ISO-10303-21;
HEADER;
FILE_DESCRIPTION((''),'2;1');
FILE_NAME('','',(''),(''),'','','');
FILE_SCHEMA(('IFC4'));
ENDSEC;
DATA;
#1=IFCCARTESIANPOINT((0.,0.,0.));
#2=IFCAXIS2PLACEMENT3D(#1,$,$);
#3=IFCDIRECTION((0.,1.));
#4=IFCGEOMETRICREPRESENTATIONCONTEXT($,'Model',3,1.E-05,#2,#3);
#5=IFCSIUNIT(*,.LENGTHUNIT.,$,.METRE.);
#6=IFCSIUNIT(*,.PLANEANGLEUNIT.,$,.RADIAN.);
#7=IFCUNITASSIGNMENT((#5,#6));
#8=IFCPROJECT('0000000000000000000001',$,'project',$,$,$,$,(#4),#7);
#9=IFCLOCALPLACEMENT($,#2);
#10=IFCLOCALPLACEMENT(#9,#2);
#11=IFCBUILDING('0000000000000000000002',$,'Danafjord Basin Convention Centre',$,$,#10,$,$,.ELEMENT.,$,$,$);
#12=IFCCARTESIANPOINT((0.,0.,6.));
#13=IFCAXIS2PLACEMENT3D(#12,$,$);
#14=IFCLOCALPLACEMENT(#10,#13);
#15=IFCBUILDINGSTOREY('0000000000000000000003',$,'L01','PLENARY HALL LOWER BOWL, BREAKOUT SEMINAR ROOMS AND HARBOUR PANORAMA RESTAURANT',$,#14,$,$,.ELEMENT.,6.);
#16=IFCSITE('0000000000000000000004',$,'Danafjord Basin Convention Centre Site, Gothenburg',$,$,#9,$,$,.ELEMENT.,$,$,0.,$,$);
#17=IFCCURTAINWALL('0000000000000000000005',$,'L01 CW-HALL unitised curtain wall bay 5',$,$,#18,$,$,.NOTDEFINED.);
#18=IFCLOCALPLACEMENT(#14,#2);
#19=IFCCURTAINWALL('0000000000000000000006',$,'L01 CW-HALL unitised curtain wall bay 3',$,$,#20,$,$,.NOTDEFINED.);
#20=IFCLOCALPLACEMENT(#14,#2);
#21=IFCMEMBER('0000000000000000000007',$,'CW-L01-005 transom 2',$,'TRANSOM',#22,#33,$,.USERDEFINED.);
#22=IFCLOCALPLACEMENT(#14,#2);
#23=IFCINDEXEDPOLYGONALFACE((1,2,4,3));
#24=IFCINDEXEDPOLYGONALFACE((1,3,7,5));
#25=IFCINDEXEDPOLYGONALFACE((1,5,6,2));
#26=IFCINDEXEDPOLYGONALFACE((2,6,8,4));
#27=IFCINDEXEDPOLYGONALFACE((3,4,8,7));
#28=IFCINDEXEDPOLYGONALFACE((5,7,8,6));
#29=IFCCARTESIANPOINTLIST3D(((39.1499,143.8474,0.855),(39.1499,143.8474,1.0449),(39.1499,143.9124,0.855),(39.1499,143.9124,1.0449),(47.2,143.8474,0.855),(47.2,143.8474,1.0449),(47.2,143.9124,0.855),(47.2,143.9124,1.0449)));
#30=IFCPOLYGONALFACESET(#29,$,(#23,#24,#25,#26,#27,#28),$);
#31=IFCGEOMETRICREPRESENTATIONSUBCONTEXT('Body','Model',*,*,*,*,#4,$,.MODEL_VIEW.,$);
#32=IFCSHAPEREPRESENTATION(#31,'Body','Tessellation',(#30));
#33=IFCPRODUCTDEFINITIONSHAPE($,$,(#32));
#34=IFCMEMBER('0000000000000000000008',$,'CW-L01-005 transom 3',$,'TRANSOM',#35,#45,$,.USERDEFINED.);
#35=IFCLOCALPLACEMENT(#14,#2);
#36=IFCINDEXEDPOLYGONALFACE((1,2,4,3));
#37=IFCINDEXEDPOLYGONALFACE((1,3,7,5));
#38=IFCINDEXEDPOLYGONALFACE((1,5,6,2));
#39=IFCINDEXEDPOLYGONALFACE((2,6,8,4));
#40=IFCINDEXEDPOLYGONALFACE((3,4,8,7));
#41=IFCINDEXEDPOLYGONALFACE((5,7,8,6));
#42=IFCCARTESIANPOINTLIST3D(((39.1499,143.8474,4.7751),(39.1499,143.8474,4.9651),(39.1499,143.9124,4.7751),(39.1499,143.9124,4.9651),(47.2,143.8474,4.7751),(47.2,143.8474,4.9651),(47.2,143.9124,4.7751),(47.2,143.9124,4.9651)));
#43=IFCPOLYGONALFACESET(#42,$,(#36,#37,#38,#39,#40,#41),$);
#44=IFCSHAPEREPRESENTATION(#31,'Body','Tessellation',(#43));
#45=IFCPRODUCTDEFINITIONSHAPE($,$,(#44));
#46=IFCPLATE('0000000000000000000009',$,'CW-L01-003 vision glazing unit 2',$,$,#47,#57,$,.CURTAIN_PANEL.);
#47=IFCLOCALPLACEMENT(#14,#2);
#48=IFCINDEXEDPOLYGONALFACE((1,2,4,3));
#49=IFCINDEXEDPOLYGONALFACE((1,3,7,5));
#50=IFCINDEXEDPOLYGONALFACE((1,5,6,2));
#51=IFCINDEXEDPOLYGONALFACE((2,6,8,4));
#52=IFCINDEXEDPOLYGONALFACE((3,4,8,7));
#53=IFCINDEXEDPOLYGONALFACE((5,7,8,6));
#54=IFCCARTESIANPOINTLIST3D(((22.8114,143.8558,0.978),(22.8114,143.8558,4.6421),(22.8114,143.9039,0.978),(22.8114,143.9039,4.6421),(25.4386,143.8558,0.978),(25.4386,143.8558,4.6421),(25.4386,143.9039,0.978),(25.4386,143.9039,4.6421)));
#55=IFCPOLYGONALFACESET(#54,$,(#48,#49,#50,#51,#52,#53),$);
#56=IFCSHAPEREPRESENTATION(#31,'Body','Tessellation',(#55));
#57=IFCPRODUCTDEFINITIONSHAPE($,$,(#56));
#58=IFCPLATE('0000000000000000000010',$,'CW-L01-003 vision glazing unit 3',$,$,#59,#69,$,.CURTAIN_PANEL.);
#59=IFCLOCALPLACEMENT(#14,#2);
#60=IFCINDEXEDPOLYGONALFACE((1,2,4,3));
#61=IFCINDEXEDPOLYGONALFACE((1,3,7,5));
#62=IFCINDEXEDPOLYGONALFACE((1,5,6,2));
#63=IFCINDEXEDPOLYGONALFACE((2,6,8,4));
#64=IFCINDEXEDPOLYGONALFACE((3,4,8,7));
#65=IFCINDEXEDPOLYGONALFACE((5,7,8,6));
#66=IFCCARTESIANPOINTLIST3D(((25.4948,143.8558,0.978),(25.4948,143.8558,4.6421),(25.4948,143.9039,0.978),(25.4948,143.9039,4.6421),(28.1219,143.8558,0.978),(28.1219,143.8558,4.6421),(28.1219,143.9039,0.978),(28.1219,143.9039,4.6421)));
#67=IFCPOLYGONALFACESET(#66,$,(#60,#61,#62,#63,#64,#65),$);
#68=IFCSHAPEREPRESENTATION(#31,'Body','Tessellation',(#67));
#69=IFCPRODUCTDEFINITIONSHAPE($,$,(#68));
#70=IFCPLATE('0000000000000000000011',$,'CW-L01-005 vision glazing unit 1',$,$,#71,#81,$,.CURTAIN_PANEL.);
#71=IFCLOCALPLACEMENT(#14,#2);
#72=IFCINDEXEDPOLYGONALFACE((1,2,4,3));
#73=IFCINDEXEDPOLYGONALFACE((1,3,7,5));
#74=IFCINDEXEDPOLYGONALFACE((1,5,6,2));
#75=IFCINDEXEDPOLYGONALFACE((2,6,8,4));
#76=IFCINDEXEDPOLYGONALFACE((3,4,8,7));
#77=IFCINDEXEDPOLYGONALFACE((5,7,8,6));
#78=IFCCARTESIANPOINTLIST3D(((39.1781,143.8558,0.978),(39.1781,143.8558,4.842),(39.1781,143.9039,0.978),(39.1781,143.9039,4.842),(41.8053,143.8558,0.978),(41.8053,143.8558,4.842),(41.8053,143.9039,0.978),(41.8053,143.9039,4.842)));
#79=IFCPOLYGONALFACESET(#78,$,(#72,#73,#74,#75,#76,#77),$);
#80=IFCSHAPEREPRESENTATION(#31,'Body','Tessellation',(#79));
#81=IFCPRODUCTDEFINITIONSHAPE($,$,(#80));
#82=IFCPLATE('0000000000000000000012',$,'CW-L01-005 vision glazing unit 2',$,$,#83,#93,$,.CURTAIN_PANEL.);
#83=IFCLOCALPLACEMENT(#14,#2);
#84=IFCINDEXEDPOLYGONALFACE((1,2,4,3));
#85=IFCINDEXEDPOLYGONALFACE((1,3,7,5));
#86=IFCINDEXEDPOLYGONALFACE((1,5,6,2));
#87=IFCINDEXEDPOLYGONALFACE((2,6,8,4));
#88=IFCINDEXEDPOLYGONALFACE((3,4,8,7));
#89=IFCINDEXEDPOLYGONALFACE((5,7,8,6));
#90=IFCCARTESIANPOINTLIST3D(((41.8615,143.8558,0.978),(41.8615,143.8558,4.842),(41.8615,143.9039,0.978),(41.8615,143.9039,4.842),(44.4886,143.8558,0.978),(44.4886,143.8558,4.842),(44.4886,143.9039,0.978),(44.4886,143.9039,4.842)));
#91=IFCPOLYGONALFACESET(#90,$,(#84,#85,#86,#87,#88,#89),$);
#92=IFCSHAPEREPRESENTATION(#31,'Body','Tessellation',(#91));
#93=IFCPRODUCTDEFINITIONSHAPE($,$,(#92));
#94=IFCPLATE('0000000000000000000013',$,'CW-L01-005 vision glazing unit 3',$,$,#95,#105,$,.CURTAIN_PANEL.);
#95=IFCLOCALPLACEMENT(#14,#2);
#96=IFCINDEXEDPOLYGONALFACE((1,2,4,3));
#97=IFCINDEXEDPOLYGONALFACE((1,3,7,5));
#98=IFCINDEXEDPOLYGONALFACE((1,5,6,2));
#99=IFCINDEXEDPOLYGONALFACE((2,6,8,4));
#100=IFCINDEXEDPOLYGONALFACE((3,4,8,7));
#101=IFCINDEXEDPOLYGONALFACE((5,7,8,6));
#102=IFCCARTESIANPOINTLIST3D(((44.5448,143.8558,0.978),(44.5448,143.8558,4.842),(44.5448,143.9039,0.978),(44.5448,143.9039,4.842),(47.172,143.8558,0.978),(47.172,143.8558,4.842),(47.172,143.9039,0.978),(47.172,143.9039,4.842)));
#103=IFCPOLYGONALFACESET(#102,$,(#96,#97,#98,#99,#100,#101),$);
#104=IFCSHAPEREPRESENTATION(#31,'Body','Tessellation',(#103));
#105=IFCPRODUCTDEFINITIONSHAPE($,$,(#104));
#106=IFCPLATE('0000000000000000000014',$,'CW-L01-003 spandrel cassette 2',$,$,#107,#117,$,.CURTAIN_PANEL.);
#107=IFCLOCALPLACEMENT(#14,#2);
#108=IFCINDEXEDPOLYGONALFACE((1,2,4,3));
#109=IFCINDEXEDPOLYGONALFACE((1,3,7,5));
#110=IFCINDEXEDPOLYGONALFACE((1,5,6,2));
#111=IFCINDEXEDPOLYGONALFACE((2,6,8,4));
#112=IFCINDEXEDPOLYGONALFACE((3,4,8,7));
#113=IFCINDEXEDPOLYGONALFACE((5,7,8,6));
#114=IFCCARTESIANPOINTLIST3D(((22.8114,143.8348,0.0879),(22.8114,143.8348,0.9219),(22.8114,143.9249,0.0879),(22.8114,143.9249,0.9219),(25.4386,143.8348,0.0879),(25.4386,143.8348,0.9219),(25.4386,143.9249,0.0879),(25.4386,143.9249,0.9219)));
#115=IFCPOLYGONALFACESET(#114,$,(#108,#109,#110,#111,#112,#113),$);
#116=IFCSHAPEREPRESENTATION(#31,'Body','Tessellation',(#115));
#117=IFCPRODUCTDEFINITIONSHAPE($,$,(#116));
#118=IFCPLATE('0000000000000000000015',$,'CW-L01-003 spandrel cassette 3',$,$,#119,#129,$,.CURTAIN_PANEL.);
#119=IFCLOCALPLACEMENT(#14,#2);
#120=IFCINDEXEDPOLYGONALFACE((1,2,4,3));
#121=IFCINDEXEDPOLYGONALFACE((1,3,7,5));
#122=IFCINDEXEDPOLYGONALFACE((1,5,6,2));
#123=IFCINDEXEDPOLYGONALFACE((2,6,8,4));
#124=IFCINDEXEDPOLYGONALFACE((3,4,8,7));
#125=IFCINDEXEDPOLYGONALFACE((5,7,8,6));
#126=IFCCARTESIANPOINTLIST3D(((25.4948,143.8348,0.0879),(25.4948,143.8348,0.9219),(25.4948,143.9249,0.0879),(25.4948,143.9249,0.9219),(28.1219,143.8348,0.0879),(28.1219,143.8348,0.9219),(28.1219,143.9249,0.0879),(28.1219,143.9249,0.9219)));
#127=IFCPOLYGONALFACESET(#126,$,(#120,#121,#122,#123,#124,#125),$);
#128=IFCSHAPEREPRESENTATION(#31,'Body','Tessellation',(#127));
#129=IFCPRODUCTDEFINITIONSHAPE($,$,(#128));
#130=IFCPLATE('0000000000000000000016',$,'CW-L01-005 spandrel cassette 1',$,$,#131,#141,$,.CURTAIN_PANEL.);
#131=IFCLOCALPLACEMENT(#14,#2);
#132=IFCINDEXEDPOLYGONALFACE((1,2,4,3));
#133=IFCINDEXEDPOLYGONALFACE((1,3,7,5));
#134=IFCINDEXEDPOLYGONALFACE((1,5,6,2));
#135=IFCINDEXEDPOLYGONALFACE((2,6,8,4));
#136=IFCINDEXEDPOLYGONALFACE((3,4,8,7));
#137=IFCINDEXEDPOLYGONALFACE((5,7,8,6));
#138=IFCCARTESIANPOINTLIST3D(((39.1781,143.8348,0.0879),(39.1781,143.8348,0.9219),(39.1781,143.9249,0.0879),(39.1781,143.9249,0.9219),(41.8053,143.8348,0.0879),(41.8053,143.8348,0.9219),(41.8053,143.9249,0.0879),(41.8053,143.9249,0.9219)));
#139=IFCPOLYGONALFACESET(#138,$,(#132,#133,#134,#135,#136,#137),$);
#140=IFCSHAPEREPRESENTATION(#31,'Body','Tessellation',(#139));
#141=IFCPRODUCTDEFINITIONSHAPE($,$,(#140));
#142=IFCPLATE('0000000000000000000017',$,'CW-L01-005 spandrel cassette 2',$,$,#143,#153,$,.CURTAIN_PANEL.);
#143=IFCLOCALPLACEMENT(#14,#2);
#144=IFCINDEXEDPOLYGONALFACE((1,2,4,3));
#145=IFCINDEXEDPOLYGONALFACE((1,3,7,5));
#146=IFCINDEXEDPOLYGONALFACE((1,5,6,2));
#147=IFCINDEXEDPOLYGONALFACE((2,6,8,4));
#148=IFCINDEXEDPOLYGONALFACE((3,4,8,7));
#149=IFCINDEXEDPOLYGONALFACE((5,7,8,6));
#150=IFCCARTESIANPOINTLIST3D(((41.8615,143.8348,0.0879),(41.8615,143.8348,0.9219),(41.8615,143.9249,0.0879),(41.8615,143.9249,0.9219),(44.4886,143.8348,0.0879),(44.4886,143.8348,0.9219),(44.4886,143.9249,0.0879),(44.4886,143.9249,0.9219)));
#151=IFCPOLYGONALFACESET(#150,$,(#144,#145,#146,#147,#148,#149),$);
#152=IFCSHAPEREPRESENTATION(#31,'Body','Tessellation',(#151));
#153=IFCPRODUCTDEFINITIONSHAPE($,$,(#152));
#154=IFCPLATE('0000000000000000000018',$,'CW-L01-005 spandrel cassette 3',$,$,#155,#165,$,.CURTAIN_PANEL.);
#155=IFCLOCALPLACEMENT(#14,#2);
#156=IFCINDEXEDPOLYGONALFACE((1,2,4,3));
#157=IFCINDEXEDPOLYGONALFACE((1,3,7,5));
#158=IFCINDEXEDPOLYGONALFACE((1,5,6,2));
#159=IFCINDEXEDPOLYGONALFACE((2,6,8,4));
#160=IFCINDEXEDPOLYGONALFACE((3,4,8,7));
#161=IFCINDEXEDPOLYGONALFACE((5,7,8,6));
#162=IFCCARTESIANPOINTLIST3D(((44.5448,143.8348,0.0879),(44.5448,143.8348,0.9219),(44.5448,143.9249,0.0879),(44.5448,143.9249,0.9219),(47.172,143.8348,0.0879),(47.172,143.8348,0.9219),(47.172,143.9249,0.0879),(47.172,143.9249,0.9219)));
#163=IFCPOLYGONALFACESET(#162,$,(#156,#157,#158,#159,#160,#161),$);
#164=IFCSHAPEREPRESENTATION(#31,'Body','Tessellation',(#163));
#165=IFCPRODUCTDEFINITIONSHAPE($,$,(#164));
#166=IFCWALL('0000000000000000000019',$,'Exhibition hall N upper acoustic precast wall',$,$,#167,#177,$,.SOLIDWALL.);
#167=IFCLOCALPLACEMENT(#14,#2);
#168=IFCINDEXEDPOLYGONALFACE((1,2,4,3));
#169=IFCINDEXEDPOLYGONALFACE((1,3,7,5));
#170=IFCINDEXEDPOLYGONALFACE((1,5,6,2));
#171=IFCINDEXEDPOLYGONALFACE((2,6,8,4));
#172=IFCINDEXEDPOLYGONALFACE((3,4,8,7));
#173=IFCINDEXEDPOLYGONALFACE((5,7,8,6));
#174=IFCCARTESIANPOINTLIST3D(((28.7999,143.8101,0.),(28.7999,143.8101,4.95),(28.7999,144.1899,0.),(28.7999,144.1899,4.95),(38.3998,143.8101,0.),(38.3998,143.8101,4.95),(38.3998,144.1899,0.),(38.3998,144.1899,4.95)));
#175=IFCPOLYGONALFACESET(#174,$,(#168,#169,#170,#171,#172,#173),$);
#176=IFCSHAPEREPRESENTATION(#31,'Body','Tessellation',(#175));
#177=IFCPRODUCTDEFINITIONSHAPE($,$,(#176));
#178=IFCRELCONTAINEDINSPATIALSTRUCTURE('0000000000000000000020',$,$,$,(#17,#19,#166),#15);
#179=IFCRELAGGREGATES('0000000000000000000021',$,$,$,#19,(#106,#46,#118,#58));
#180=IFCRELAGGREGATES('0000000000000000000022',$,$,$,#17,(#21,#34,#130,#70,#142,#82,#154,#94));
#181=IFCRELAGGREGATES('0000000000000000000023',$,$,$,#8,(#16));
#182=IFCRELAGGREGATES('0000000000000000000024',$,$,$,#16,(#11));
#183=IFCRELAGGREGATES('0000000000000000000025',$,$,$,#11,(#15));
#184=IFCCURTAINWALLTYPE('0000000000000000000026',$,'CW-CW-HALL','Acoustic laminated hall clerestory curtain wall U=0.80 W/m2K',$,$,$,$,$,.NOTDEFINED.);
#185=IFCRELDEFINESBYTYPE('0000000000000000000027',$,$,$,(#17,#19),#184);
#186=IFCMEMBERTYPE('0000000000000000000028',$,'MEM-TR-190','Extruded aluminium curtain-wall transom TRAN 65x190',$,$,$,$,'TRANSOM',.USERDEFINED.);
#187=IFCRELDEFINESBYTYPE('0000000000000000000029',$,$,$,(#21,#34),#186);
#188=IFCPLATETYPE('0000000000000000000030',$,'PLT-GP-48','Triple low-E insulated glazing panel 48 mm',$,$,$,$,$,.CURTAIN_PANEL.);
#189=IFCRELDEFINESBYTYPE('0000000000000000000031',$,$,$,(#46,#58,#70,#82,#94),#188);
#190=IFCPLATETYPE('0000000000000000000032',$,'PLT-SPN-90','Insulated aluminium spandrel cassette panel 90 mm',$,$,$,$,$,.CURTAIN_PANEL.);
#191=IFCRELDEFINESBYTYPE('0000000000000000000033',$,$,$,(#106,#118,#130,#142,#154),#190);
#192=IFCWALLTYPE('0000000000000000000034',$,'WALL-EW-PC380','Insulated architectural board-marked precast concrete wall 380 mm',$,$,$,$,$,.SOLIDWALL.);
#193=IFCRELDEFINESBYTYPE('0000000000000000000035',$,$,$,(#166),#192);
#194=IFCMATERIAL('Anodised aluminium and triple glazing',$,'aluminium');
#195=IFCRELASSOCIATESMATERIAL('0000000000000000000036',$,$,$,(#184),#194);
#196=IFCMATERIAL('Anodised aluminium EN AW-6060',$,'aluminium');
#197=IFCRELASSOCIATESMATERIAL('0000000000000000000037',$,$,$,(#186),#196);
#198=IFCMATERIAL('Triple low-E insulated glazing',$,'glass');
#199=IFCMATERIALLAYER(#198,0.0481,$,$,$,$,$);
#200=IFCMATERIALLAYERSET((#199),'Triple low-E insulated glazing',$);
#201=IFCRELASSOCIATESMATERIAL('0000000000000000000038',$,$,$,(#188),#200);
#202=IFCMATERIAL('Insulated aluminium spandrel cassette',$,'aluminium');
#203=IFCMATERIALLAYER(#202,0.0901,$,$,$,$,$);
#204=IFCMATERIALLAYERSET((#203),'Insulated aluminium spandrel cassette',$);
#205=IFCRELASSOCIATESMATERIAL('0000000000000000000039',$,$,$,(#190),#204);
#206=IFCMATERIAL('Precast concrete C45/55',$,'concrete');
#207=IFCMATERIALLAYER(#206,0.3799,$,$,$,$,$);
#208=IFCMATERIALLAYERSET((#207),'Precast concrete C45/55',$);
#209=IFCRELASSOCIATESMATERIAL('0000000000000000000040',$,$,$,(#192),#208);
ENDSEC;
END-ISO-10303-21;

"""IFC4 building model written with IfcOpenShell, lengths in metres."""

from ifc_helpers import new_model, si_unit, direction, frame, frame_2d, origin, origin_2d, place, context, subcontext, project, spatial, rectangle, extrude, material, layer, layer_set, material_profile, profile_set, type_object, element, aggregate, save


model = new_model("IFC4")

# Units and contexts
model_context = context("Model", 3, precision=1e-05, world=origin(), true_north=direction((0.0, 1.0)))
body_context = subcontext(model_context, "Body", "Model", "MODEL_VIEW")
ifc_project = project(units=[si_unit("LENGTHUNIT", "METRE"), si_unit("PLANEANGLEUNIT", "RADIAN")], contexts=[model_context])

# Site, building, storey
site_placement = place(None, origin())
site = spatial("IfcSite", under=ifc_project, at=site_placement, Name="Danafjord Basin Convention Centre Site, Gothenburg", CompositionType="ELEMENT", RefElevation=0.0)
building_placement = place(site_placement, origin())
building = spatial("IfcBuilding", under=site, at=building_placement, Name="Danafjord Basin Convention Centre", CompositionType="ELEMENT")
storey_placement = place(building_placement, frame((0.0, 0.0, 6.0)))
storey = spatial("IfcBuildingStorey", under=building, at=storey_placement, Name="L01", Description="PLENARY HALL LOWER BOWL, BREAKOUT SEMINAR ROOMS AND HARBOUR PANORAMA RESTAURANT", CompositionType="ELEMENT", Elevation=6.0)

# Shared definitions
ifc_material_1 = material(Name="Precast concrete C45/55", Category="concrete")

# Curtain walls
ifc_material_2 = material(Name="Anodised aluminium and triple glazing", Category="aluminium")
curtain_wall_type = type_object("IfcCurtainWallType", Name="CW-CW-HALL", Description="Acoustic laminated hall clerestory curtain wall U=0.80 W/m2K", PredefinedType="NOTDEFINED", material=ifc_material_2)
curtain_wall_1_placement = place(storey_placement, origin())
curtain_wall_1 = element("IfcCurtainWall", 1, at=curtain_wall_1_placement, inside=storey, type_object=curtain_wall_type, Name="L01 CW-HALL unitised curtain wall bay 5", PredefinedType="NOTDEFINED")
ifc_material_3 = material(Name="Anodised aluminium EN AW-6060", Category="aluminium")
curtain_wall_2_placement = place(storey_placement, origin())
curtain_wall_2 = element("IfcCurtainWall", 2, at=curtain_wall_2_placement, inside=storey, type_object=curtain_wall_type, Name="L01 CW-HALL unitised curtain wall bay 3", PredefinedType="NOTDEFINED")

# Members
ifc_material_profile_1 = material_profile(ifc_material_3, rectangle(XDim=0.0649, YDim=0.1899, at=origin_2d()), Name="TRAN 65x190")
ifc_profile_set_1 = profile_set([ifc_material_profile_1], Name="Anodised aluminium EN AW-6060")
member_type_1 = type_object("IfcMemberType", Name="MEM-TR-190", Description="Extruded aluminium curtain-wall transom TRAN 65x190", ElementType="TRANSOM", PredefinedType="USERDEFINED", material=ifc_profile_set_1)
member_1_placement = place(storey_placement, frame((39.1499, 143.8799, 0.95), z_axis=(1.0, 0.0, 0.0), x_axis=(0.0, 1.0, 0.0)))
member_1 = element("IfcMember", 3, at=member_1_placement, type_object=member_type_1, Name="CW-L01-005 transom 2", ObjectType="TRANSOM", PredefinedType="USERDEFINED", context=body_context, shape_type="SweptSolid", body=[
    extrude(rectangle(XDim=0.0649, YDim=0.1899, at=origin_2d()), origin(), (0.0, 0.0, 1.0), 8.05),
])
member_2_placement = place(storey_placement, frame((39.1499, 143.8799, 4.8701), z_axis=(1.0, 0.0, 0.0), x_axis=(0.0, 1.0, 0.0)))
member_2 = element("IfcMember", 4, at=member_2_placement, type_object=member_type_1, Name="CW-L01-005 transom 3", ObjectType="TRANSOM", PredefinedType="USERDEFINED", context=body_context, shape_type="SweptSolid", body=[
    extrude(rectangle(XDim=0.0649, YDim=0.1899, at=origin_2d()), origin(), (0.0, 0.0, 1.0), 8.05),
])

# Plates
ifc_material_4 = material(Name="Triple low-E insulated glazing", Category="glass")
ifc_layer_1 = layer(ifc_material_4, 0.0481)
ifc_layer_set_1 = layer_set([ifc_layer_1], Name="Triple low-E insulated glazing")
plate_type_1 = type_object("IfcPlateType", Name="PLT-GP-48", Description="Triple low-E insulated glazing panel 48 mm", PredefinedType="CURTAIN_PANEL", material=ifc_layer_set_1)
plate_1_placement = place(storey_placement, frame((24.125, 143.8799, 0.978), z_axis=(0.0, 0.0, 1.0), x_axis=(1.0, 0.0, 0.0)))
plate_1 = element("IfcPlate", 5, at=plate_1_placement, type_object=plate_type_1, Name="CW-L01-003 vision glazing unit 2", PredefinedType="CURTAIN_PANEL", context=body_context, shape_type="SweptSolid", body=[
    extrude(rectangle(XDim=2.6272, YDim=0.0481, at=origin_2d()), origin(), (0.0, 0.0, 1.0), 3.6641),
])
plate_2_placement = place(storey_placement, frame((26.8083, 143.8799, 0.978), z_axis=(0.0, 0.0, 1.0), x_axis=(1.0, 0.0, 0.0)))
plate_2 = element("IfcPlate", 6, at=plate_2_placement, type_object=plate_type_1, Name="CW-L01-003 vision glazing unit 3", PredefinedType="CURTAIN_PANEL", context=body_context, shape_type="SweptSolid", body=[
    extrude(rectangle(XDim=2.6272, YDim=0.0481, at=origin_2d()), origin(), (0.0, 0.0, 1.0), 3.6641),
])
plate_3_placement = place(storey_placement, frame((40.4917, 143.8799, 0.978), z_axis=(0.0, 0.0, 1.0), x_axis=(1.0, 0.0, 0.0)))
plate_3 = element("IfcPlate", 7, at=plate_3_placement, type_object=plate_type_1, Name="CW-L01-005 vision glazing unit 1", PredefinedType="CURTAIN_PANEL", context=body_context, shape_type="SweptSolid", body=[
    extrude(rectangle(XDim=2.6272, YDim=0.0481, at=origin_2d()), origin(), (0.0, 0.0, 1.0), 3.864),
])
plate_4_placement = place(storey_placement, frame((43.175, 143.8799, 0.978), z_axis=(0.0, 0.0, 1.0), x_axis=(1.0, 0.0, 0.0)))
plate_4 = element("IfcPlate", 8, at=plate_4_placement, type_object=plate_type_1, Name="CW-L01-005 vision glazing unit 2", PredefinedType="CURTAIN_PANEL", context=body_context, shape_type="SweptSolid", body=[
    extrude(rectangle(XDim=2.6272, YDim=0.0481, at=origin_2d()), origin(), (0.0, 0.0, 1.0), 3.864),
])
plate_5_placement = place(storey_placement, frame((45.8584, 143.8799, 0.978), z_axis=(0.0, 0.0, 1.0), x_axis=(1.0, 0.0, 0.0)))
plate_5 = element("IfcPlate", 9, at=plate_5_placement, type_object=plate_type_1, Name="CW-L01-005 vision glazing unit 3", PredefinedType="CURTAIN_PANEL", context=body_context, shape_type="SweptSolid", body=[
    extrude(rectangle(XDim=2.6272, YDim=0.0481, at=origin_2d()), origin(), (0.0, 0.0, 1.0), 3.864),
])
ifc_material_5 = material(Name="Insulated aluminium spandrel cassette", Category="aluminium")
ifc_layer_2 = layer(ifc_material_5, 0.0901)
ifc_layer_set_2 = layer_set([ifc_layer_2], Name="Insulated aluminium spandrel cassette")
plate_type_2 = type_object("IfcPlateType", Name="PLT-SPN-90", Description="Insulated aluminium spandrel cassette panel 90 mm", PredefinedType="CURTAIN_PANEL", material=ifc_layer_set_2)
plate_6_placement = place(storey_placement, frame((24.125, 143.8799, 0.0879), z_axis=(0.0, 0.0, 1.0), x_axis=(1.0, 0.0, 0.0)))
plate_6 = element("IfcPlate", 10, at=plate_6_placement, type_object=plate_type_2, Name="CW-L01-003 spandrel cassette 2", PredefinedType="CURTAIN_PANEL", context=body_context, shape_type="SweptSolid", body=[
    extrude(rectangle(XDim=2.6272, YDim=0.0901, at=origin_2d()), origin(), (0.0, 0.0, 1.0), 0.834),
])
plate_7_placement = place(storey_placement, frame((26.8083, 143.8799, 0.0879), z_axis=(0.0, 0.0, 1.0), x_axis=(1.0, 0.0, 0.0)))
plate_7 = element("IfcPlate", 11, at=plate_7_placement, type_object=plate_type_2, Name="CW-L01-003 spandrel cassette 3", PredefinedType="CURTAIN_PANEL", context=body_context, shape_type="SweptSolid", body=[
    extrude(rectangle(XDim=2.6272, YDim=0.0901, at=origin_2d()), origin(), (0.0, 0.0, 1.0), 0.834),
])
aggregate(curtain_wall_2, [plate_6, plate_1, plate_7, plate_2])
plate_8_placement = place(storey_placement, frame((40.4917, 143.8799, 0.0879), z_axis=(0.0, 0.0, 1.0), x_axis=(1.0, 0.0, 0.0)))
plate_8 = element("IfcPlate", 12, at=plate_8_placement, type_object=plate_type_2, Name="CW-L01-005 spandrel cassette 1", PredefinedType="CURTAIN_PANEL", context=body_context, shape_type="SweptSolid", body=[
    extrude(rectangle(XDim=2.6272, YDim=0.0901, at=origin_2d()), origin(), (0.0, 0.0, 1.0), 0.834),
])
plate_9_placement = place(storey_placement, frame((43.175, 143.8799, 0.0879), z_axis=(0.0, 0.0, 1.0), x_axis=(1.0, 0.0, 0.0)))
plate_9 = element("IfcPlate", 13, at=plate_9_placement, type_object=plate_type_2, Name="CW-L01-005 spandrel cassette 2", PredefinedType="CURTAIN_PANEL", context=body_context, shape_type="SweptSolid", body=[
    extrude(rectangle(XDim=2.6272, YDim=0.0901, at=origin_2d()), origin(), (0.0, 0.0, 1.0), 0.834),
])
plate_10_placement = place(storey_placement, frame((45.8584, 143.8799, 0.0879), z_axis=(0.0, 0.0, 1.0), x_axis=(1.0, 0.0, 0.0)))
plate_10 = element("IfcPlate", 14, at=plate_10_placement, type_object=plate_type_2, Name="CW-L01-005 spandrel cassette 3", PredefinedType="CURTAIN_PANEL", context=body_context, shape_type="SweptSolid", body=[
    extrude(rectangle(XDim=2.6272, YDim=0.0901, at=origin_2d()), origin(), (0.0, 0.0, 1.0), 0.834),
])
aggregate(curtain_wall_1, [member_1, member_2, plate_8, plate_3, plate_9, plate_4, plate_10, plate_5])

# Wall
ifc_layer_3 = layer(ifc_material_1, 0.3799)
ifc_layer_set_3 = layer_set([ifc_layer_3], Name="Precast concrete C45/55")
wall_type = type_object("IfcWallType", Name="WALL-EW-PC380", Description="Insulated architectural board-marked precast concrete wall 380 mm", PredefinedType="SOLIDWALL", material=ifc_layer_set_3)
wall_placement = place(storey_placement, frame((28.8, 144.0, 0.0), z_axis=(0.0, 0.0, 1.0), x_axis=(1.0, 0.0, 0.0)))
element("IfcWall", 15, at=wall_placement, inside=storey, type_object=wall_type, Name="Exhibition hall N upper acoustic precast wall", PredefinedType="SOLIDWALL", context=body_context, shape_type="SweptSolid", body=[
    extrude(rectangle(XDim=9.5999, YDim=0.3799, at=frame_2d((4.7998, 0.0))), origin(), (0.0, 0.0, 1.0), 4.95),
])

save(model, "model.ifc")
